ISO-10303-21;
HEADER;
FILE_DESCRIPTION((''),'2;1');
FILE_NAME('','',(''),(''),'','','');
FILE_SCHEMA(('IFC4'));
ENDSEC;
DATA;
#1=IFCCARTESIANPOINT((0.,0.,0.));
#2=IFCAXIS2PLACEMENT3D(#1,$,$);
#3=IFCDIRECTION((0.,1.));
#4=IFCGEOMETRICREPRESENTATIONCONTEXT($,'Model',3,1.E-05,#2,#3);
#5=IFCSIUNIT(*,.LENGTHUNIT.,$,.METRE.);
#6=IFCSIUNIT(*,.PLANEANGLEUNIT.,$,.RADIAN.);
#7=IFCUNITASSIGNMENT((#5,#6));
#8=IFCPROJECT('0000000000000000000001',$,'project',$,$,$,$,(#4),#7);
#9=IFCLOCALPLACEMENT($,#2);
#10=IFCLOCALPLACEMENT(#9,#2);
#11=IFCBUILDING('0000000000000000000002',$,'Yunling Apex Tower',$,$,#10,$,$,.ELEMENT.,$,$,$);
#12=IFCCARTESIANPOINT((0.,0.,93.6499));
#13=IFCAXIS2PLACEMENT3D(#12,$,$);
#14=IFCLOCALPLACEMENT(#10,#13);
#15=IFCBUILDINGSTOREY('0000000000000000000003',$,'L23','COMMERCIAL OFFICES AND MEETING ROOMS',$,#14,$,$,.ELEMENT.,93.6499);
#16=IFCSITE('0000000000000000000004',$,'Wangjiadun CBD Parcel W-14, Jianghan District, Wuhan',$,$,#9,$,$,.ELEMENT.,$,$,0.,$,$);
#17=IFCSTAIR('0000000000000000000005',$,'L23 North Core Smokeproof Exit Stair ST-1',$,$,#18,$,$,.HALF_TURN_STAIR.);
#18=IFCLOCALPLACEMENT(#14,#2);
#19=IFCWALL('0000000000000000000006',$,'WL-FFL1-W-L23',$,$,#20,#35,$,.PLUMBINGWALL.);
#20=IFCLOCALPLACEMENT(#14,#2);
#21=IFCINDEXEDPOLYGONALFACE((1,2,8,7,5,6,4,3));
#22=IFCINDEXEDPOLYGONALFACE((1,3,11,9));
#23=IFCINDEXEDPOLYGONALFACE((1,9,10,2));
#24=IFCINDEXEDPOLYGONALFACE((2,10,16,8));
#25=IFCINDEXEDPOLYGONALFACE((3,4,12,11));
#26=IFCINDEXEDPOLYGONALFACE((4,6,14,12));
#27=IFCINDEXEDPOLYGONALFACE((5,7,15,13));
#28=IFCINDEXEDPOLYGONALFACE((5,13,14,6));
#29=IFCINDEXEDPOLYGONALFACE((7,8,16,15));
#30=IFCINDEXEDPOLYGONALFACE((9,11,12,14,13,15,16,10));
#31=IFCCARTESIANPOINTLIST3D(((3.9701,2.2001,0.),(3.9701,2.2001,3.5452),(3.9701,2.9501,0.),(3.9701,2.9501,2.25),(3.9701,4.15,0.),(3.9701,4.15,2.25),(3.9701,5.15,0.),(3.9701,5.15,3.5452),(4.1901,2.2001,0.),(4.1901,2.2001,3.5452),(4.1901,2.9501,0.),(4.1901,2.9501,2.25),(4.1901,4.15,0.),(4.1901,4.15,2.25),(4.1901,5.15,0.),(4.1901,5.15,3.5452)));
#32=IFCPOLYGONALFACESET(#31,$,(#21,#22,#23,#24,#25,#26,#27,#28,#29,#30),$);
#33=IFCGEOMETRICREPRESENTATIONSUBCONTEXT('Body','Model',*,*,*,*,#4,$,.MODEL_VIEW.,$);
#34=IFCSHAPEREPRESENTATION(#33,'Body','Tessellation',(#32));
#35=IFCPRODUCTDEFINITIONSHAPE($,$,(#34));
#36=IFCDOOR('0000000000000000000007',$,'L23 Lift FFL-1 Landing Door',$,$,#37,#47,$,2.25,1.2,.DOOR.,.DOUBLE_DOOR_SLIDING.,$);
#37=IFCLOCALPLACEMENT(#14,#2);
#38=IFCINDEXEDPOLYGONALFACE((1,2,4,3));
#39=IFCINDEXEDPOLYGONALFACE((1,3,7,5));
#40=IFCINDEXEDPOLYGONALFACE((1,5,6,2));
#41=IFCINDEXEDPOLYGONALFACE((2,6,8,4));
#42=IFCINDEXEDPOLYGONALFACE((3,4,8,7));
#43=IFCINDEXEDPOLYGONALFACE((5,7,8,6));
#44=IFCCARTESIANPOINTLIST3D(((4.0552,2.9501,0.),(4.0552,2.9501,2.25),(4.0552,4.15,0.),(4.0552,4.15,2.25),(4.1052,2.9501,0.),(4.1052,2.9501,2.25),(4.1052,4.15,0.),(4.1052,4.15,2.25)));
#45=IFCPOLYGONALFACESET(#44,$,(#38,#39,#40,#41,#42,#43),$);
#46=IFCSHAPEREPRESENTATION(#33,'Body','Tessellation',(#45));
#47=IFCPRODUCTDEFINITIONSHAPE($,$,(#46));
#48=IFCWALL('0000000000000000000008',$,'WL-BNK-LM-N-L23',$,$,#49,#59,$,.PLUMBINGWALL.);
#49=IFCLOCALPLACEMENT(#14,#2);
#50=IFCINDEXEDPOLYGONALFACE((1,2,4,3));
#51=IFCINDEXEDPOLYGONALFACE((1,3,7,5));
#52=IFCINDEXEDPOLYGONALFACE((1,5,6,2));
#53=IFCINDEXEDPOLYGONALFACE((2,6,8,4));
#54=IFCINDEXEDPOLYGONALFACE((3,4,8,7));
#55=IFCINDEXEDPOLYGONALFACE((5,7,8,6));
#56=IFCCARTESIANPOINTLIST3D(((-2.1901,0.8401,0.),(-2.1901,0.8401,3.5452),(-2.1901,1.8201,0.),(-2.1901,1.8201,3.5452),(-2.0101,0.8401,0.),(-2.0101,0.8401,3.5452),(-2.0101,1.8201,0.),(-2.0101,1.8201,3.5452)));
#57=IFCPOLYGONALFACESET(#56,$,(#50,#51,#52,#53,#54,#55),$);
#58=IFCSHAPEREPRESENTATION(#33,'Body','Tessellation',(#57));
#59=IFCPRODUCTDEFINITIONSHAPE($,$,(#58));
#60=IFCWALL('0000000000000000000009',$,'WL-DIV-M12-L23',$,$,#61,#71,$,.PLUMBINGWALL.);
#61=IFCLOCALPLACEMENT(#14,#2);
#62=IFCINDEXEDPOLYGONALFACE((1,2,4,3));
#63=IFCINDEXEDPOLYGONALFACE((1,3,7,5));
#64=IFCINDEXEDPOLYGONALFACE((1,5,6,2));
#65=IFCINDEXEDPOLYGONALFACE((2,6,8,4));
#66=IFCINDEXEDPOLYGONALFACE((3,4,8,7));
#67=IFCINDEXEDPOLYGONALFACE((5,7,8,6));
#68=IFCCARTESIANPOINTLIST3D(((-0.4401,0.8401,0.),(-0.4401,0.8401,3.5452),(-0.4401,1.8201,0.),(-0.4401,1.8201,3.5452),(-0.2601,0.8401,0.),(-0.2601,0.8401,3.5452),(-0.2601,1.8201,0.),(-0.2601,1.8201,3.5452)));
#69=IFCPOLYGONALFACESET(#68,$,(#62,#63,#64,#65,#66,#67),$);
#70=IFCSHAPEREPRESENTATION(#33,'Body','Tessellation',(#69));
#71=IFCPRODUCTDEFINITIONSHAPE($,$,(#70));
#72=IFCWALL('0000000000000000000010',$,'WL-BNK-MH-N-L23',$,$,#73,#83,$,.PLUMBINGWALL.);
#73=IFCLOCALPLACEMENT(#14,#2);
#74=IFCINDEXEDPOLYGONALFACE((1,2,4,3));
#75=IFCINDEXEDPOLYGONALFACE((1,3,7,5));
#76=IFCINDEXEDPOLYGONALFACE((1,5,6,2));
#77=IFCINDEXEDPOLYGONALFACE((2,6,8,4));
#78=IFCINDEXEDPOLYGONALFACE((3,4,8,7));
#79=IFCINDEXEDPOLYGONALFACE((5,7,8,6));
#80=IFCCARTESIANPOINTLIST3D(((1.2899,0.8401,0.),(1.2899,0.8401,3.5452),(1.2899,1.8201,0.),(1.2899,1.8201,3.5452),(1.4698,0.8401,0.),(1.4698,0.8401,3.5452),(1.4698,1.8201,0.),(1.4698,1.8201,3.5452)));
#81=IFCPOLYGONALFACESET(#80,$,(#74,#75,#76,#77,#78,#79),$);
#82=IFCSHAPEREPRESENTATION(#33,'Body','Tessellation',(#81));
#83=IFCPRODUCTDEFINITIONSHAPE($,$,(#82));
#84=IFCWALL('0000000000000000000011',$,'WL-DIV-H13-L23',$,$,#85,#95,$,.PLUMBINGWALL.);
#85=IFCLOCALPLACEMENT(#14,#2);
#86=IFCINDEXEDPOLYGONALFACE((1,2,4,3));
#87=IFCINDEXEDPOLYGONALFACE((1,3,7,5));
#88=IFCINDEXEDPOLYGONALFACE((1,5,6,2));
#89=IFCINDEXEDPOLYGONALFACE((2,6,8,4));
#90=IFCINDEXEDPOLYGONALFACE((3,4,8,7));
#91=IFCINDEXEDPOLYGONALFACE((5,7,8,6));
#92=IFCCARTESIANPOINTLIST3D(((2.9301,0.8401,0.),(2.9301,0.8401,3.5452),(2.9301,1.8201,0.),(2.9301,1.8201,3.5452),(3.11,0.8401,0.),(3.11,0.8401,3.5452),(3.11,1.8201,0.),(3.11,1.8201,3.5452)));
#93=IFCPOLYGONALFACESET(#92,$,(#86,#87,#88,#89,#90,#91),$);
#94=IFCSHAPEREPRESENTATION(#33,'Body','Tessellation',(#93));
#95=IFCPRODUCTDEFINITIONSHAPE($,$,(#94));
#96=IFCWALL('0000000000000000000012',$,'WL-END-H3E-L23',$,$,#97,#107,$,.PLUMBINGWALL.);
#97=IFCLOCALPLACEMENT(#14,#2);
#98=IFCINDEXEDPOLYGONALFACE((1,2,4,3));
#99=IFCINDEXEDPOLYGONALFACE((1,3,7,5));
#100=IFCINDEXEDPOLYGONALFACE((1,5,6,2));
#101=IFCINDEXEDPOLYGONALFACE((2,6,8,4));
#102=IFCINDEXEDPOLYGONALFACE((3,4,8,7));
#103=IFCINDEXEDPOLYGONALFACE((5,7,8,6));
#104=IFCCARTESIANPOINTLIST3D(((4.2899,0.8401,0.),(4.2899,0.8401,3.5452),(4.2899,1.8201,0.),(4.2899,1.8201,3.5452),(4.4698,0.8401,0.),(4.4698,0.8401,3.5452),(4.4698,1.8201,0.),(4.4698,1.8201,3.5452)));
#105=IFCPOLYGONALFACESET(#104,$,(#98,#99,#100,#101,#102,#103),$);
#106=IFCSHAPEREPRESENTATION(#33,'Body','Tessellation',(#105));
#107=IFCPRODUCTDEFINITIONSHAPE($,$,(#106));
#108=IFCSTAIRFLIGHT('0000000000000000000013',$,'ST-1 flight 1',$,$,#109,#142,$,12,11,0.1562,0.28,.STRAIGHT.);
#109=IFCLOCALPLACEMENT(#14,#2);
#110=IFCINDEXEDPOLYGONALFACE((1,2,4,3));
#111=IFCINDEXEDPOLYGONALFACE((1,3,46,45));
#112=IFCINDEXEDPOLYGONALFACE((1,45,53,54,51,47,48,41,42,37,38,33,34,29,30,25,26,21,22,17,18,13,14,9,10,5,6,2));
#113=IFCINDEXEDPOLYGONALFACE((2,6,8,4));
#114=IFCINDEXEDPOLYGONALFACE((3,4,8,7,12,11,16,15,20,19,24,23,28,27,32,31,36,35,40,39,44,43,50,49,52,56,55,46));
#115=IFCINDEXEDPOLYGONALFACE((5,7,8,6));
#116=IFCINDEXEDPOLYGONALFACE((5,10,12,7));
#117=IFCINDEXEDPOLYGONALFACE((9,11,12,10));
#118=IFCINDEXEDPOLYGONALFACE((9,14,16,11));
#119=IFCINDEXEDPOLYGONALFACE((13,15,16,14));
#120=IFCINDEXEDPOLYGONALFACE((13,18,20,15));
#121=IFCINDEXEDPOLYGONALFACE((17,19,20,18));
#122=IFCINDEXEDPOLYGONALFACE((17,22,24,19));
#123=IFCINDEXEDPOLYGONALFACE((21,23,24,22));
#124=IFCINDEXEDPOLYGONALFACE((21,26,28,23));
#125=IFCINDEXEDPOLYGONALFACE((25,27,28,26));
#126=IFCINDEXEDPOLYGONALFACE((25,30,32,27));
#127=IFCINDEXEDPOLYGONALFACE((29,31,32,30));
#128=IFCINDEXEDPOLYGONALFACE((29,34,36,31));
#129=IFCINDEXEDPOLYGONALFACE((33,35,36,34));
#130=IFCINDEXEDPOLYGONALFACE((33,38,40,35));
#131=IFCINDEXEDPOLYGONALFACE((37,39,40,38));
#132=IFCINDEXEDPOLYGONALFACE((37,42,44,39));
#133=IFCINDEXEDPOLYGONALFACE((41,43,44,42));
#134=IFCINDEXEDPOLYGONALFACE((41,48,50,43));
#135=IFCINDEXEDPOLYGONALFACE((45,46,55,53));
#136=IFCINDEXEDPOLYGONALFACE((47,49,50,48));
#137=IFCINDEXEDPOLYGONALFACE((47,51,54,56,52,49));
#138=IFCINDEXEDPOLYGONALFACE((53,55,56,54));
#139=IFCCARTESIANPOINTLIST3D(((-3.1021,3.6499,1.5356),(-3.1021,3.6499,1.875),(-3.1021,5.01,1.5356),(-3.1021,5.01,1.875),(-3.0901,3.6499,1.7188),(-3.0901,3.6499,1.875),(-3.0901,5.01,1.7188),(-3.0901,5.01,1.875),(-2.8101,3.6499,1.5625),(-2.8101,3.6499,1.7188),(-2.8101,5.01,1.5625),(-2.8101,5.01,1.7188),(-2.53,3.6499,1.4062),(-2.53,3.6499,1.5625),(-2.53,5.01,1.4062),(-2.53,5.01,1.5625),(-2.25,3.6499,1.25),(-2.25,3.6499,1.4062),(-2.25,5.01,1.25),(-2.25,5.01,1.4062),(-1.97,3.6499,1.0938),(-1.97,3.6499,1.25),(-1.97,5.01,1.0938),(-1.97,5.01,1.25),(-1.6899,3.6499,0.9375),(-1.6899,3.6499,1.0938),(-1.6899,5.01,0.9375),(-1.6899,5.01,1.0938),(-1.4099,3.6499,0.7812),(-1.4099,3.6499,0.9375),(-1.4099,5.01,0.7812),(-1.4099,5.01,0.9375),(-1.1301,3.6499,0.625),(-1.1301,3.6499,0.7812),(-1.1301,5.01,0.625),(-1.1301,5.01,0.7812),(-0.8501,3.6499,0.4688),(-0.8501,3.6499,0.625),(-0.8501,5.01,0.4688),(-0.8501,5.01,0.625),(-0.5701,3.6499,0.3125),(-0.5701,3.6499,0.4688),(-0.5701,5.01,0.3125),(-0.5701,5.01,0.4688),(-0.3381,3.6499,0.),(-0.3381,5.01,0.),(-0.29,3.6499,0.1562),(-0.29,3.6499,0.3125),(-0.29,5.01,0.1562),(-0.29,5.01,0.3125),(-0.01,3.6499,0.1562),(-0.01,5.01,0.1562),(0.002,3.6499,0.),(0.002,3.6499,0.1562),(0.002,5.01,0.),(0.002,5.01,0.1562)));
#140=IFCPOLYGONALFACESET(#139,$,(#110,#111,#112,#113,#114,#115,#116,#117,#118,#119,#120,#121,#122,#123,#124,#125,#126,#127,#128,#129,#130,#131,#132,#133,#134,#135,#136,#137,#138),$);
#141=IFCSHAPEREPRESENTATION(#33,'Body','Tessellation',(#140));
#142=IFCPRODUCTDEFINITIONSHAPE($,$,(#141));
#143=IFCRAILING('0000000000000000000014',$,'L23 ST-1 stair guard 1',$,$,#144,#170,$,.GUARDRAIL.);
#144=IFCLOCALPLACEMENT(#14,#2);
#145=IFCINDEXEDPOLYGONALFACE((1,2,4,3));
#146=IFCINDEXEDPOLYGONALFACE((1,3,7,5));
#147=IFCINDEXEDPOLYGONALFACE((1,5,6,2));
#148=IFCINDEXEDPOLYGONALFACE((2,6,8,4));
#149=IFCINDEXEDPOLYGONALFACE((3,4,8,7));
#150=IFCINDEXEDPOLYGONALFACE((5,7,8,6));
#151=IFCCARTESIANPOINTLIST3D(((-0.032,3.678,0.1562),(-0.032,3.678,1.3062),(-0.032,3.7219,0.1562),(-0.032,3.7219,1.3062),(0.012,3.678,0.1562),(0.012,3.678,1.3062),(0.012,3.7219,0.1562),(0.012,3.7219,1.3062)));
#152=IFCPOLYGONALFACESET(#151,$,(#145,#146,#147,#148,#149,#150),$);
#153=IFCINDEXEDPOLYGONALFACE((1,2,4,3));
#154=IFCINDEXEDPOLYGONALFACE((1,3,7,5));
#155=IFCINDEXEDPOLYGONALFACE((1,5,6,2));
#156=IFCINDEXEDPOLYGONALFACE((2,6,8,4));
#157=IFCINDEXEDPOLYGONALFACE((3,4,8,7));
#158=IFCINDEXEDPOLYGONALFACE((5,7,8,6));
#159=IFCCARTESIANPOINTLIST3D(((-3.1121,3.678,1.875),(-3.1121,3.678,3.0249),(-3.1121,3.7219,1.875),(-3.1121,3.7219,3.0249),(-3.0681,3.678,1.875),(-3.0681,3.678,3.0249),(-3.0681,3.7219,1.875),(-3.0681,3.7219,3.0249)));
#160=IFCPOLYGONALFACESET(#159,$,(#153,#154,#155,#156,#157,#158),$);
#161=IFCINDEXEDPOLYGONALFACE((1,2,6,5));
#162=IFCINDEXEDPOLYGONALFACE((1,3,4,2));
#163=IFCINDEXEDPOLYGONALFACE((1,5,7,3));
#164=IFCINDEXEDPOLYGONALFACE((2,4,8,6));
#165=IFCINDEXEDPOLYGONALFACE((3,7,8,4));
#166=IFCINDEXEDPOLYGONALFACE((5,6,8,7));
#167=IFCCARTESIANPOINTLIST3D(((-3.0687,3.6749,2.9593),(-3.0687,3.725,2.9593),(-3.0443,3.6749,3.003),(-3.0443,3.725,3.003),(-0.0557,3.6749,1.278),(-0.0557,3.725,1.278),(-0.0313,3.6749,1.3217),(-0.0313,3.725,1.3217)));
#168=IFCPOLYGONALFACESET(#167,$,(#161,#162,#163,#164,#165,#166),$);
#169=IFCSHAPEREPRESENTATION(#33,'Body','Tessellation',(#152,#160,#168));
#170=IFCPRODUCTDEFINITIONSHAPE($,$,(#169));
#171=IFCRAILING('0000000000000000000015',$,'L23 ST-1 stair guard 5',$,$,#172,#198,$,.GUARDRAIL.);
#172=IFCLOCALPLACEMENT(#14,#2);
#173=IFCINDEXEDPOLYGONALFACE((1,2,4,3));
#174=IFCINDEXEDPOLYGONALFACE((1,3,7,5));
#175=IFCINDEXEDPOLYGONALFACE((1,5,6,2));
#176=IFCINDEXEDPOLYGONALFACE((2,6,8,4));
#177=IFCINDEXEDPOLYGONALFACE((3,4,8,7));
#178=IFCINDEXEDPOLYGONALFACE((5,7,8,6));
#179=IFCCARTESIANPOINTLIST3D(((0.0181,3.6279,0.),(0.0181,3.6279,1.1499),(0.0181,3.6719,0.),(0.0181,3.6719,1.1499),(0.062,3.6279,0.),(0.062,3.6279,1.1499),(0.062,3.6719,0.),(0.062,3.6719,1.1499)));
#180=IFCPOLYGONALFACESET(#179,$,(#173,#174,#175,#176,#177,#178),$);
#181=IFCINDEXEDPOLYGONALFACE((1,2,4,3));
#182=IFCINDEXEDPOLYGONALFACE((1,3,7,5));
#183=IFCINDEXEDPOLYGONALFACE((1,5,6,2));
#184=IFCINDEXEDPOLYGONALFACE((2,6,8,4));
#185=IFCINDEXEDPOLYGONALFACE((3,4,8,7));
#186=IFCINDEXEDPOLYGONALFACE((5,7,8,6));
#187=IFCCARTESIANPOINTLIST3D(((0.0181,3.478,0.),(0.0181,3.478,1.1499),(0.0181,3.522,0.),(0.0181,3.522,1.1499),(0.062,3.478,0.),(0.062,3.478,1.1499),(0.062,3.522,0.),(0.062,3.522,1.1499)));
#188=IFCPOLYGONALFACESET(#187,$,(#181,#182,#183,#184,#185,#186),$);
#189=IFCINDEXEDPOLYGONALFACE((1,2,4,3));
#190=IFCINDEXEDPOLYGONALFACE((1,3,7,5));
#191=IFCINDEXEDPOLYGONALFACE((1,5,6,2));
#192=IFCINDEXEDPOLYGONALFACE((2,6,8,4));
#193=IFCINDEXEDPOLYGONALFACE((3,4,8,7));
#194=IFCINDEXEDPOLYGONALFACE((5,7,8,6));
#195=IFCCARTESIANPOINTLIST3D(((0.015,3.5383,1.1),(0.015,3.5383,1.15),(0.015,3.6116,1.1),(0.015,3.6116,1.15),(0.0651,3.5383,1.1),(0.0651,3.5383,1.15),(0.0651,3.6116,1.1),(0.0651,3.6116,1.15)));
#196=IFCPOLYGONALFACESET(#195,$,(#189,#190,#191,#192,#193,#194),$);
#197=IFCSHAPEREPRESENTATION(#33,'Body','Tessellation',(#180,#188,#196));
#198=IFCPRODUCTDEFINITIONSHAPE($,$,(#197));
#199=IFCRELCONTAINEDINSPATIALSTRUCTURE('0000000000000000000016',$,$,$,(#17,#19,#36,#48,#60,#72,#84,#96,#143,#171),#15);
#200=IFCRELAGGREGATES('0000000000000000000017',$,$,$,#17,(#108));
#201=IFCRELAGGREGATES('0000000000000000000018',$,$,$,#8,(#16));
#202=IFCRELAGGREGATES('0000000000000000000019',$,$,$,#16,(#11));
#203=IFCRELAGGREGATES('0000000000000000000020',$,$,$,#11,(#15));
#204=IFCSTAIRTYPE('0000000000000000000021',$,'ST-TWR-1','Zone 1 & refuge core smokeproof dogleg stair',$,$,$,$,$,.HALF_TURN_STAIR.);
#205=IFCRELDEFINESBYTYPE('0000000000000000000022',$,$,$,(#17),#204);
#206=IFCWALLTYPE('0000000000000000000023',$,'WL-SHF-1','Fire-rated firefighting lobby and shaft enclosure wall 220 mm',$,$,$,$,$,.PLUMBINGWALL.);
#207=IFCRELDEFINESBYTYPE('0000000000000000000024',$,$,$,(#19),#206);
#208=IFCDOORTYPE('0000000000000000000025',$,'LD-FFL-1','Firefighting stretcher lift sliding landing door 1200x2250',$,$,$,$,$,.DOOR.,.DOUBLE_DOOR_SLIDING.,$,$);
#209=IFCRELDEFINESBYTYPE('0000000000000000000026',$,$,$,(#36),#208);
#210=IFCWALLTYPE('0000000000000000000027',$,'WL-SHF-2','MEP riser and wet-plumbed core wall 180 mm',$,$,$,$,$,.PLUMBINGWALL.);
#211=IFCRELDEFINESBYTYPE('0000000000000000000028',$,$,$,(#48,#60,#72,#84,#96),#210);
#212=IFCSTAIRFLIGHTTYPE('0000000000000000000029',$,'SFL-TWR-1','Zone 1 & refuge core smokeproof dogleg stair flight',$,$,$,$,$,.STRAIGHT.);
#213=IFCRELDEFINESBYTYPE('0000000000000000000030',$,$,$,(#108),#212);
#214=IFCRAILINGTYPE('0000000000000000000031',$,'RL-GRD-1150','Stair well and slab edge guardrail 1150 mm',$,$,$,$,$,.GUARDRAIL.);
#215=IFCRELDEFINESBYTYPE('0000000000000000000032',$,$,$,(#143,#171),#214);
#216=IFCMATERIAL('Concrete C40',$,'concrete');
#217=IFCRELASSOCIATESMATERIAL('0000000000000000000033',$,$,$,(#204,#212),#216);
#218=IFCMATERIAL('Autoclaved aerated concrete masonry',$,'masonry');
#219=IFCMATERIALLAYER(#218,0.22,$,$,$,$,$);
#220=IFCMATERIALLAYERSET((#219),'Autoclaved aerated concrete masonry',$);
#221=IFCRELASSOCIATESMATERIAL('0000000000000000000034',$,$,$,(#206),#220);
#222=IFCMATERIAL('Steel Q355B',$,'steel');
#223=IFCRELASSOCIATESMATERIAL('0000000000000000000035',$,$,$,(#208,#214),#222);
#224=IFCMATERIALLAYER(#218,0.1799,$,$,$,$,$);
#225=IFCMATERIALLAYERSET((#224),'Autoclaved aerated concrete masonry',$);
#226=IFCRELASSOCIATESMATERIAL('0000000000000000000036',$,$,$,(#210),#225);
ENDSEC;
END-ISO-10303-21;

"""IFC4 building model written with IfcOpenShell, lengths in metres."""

from ifc_helpers import new_model, si_unit, direction, frame, frame_2d, origin, origin_2d, place, context, subcontext, project, spatial, polyline, rectangle, outline, extrude, material, layer, layer_set, type_object, element, fill, aggregate, save


model = new_model("IFC4")

# Units and contexts
model_context = context("Model", 3, precision=1e-05, world=origin(), true_north=direction((0.0, 1.0)))
body_context = subcontext(model_context, "Body", "Model", "MODEL_VIEW")
ifc_project = project(units=[si_unit("LENGTHUNIT", "METRE"), si_unit("PLANEANGLEUNIT", "RADIAN")], contexts=[model_context])

# Site, building, storey
site_placement = place(None, origin())
site = spatial("IfcSite", under=ifc_project, at=site_placement, Name="Wangjiadun CBD Parcel W-14, Jianghan District, Wuhan", CompositionType="ELEMENT", RefElevation=0.0)
building_placement = place(site_placement, origin())
building = spatial("IfcBuilding", under=site, at=building_placement, Name="Yunling Apex Tower", CompositionType="ELEMENT")
storey_placement = place(building_placement, frame((0.0, 0.0, 93.6499)))
storey = spatial("IfcBuildingStorey", under=building, at=storey_placement, Name="L23", Description="COMMERCIAL OFFICES AND MEETING ROOMS", CompositionType="ELEMENT", Elevation=93.6499)

# Shared definitions
ifc_material_1 = material(Name="Concrete C40", Category="concrete")

# Stair
stair_type = type_object("IfcStairType", Name="ST-TWR-1", Description="Zone 1 & refuge core smokeproof dogleg stair", PredefinedType="HALF_TURN_STAIR", material=ifc_material_1)
stair_1_placement = place(storey_placement, origin())
stair_1 = element("IfcStair", 1, at=stair_1_placement, inside=storey, type_object=stair_type, Name="L23 North Core Smokeproof Exit Stair ST-1", PredefinedType="HALF_TURN_STAIR")

# Wall, opening, door
ifc_material_2 = material(Name="Autoclaved aerated concrete masonry", Category="masonry")
ifc_layer_1 = layer(ifc_material_2, 0.22)
ifc_layer_set_1 = layer_set([ifc_layer_1], Name="Autoclaved aerated concrete masonry")
wall_type_1 = type_object("IfcWallType", Name="WL-SHF-1", Description="Fire-rated firefighting lobby and shaft enclosure wall 220 mm", PredefinedType="PLUMBINGWALL", material=ifc_layer_set_1)
ifc_material_3 = material(Name="Steel Q355B", Category="steel")
wall_1_placement = place(storey_placement, frame((4.0801, 2.2, 0.0), z_axis=(0.0, 0.0, 1.0), x_axis=(0.0, 1.0, 0.0)))
wall_1 = element("IfcWall", 2, at=wall_1_placement, inside=storey, type_object=wall_type_1, Name="WL-FFL1-W-L23", PredefinedType="PLUMBINGWALL", context=body_context, shape_type="SweptSolid", body=[
    extrude(rectangle(XDim=2.95, YDim=0.22, at=frame_2d((1.4751, 0.0))), origin(), (0.0, 0.0, 1.0), 3.5452),
])
opening_1_placement = place(wall_1_placement, frame((0.75, 0.0, 0.0)))
opening_1 = element("IfcOpeningElement", 3, at=opening_1_placement, cuts=wall_1, PredefinedType="OPENING", context=body_context, shape_type="SweptSolid", body=[
    extrude(rectangle(XDim=1.2, YDim=2.25, at=frame_2d((0.6001, 1.125))), frame((0.0, 0.1201, 0.0), z_axis=(0.0, -1.0, 0.0), x_axis=(1.0, 0.0, 0.0)), (0.0, 0.0, 1.0), 0.24),
])
door_type_1 = type_object("IfcDoorType", Name="LD-FFL-1", Description="Firefighting stretcher lift sliding landing door 1200x2250", OperationType="DOUBLE_DOOR_SLIDING", PredefinedType="DOOR", material=ifc_material_3)
door_1_placement = place(opening_1_placement, origin())
door_1 = element("IfcDoor", 4, at=door_1_placement, inside=storey, type_object=door_type_1, Name="L23 Lift FFL-1 Landing Door", OperationType="DOUBLE_DOOR_SLIDING", OverallHeight=2.25, OverallWidth=1.2, PredefinedType="DOOR", context=body_context, shape_type="SweptSolid", body=[
    extrude(rectangle(XDim=1.2, YDim=2.25, at=frame_2d((0.6001, 1.125))), frame((0.0, 0.0249, 0.0), z_axis=(0.0, -1.0, 0.0), x_axis=(1.0, 0.0, 0.0)), (0.0, 0.0, 1.0), 0.05),
])
fill(opening_1, door_1)

# Walls
ifc_layer_2 = layer(ifc_material_2, 0.1799)
ifc_layer_set_2 = layer_set([ifc_layer_2], Name="Autoclaved aerated concrete masonry")
wall_type_2 = type_object("IfcWallType", Name="WL-SHF-2", Description="MEP riser and wet-plumbed core wall 180 mm", PredefinedType="PLUMBINGWALL", material=ifc_layer_set_2)
for number, where, z_axis, x_axis, name in (
    (5, (-2.1001, 0.8401, 0.0), (0.0, 0.0, 1.0), (0.0, 1.0, 0.0), "WL-BNK-LM-N-L23"),
    (6, (-0.3501, 0.8401, 0.0), (0.0, 0.0, 1.0), (0.0, 1.0, 0.0), "WL-DIV-M12-L23"),
    (7, (1.3799, 0.8401, 0.0), (0.0, 0.0, 1.0), (0.0, 1.0, 0.0), "WL-BNK-MH-N-L23"),
    (8, (3.02, 0.8401, 0.0), (0.0, 0.0, 1.0), (0.0, 1.0, 0.0), "WL-DIV-H13-L23"),
    (9, (4.3799, 0.8401, 0.0), (0.0, 0.0, 1.0), (0.0, 1.0, 0.0), "WL-END-H3E-L23"),
):
    element("IfcWall", number, at=place(storey_placement, frame(where, z_axis=z_axis, x_axis=x_axis)), inside=storey, type_object=wall_type_2, Name=name, PredefinedType="PLUMBINGWALL", context=body_context, shape_type="SweptSolid", body=[
        extrude(rectangle(XDim=0.98, YDim=0.1799, at=frame_2d((0.49, 0.0))), origin(), (0.0, 0.0, 1.0), 3.5452),
    ])

# Stair flight
stair_flight_type = type_object("IfcStairFlightType", Name="SFL-TWR-1", Description="Zone 1 & refuge core smokeproof dogleg stair flight", PredefinedType="STRAIGHT", material=ifc_material_1)
stair_flight_placement = place(storey_placement, frame((-0.01, 4.3301, 0.0), z_axis=(0.0, 0.0, 1.0), x_axis=(-1.0, 0.0, 0.0)))
stair_flight = element("IfcStairFlight", 10, at=stair_flight_placement, type_object=stair_flight_type, Name="ST-1 flight 1", NumberOfRisers=12, NumberOfTreads=11, PredefinedType="STRAIGHT", RiserHeight=0.1562, TreadLength=0.28, context=body_context, shape_type="SweptSolid", body=[
    extrude(outline(polyline([(-0.012, 0.0), (-0.012, 0.1562), (0.0, 0.1562), (0.28, 0.1562), (0.28, 0.3125), (0.5601, 0.3125), (0.5601, 0.4688), (0.8401, 0.4688), (0.8401, 0.625), (1.1201, 0.625), (1.1201, 0.7812), (1.3999, 0.7812), (1.3999, 0.9375), (1.6799, 0.9375), (1.6799, 1.0938), (1.96, 1.0938), (1.96, 1.25), (2.24, 1.25), (2.24, 1.4062), (2.52, 1.4062), (2.52, 1.5625), (2.8, 1.5625), (2.8, 1.7188), (3.0801, 1.7188), (3.0801, 1.875), (3.092, 1.875), (3.092, 1.5356), (0.3281, 0.0), (-0.012, 0.0)])), frame((0.0, 0.6802, 0.0), z_axis=(0.0, -1.0, 0.0), x_axis=(1.0, 0.0, 0.0)), (0.0, 0.0, 1.0), 1.3601),
])
aggregate(stair_1, [stair_flight])

# Railings
railing_type_1 = type_object("IfcRailingType", Name="RL-GRD-1150", Description="Stair well and slab edge guardrail 1150 mm", PredefinedType="GUARDRAIL", material=ifc_material_3)
railing_1_placement = place(storey_placement, frame((-0.01, 3.7, 0.1562)))
element("IfcRailing", 11, at=railing_1_placement, inside=storey, type_object=railing_type_1, Name="L23 ST-1 stair guard 1", PredefinedType="GUARDRAIL", context=body_context, shape_type="SweptSolid", body=[
    extrude(rectangle(XDim=0.0439, YDim=0.0439, at=origin_2d()), origin(), (0.0, 0.0, 1.0), 1.1499),
    extrude(rectangle(XDim=0.0439, YDim=0.0439, at=origin_2d()), frame((-3.0801, 0.0, 1.7188)), (0.0, 0.0, 1.0), 1.1499),
    extrude(rectangle(XDim=0.05, YDim=0.05, at=origin_2d()), frame((-0.0334, 0.0, 1.1436), z_axis=(-0.873242, 0.0, 0.487288), x_axis=(0.0, -1.0, 0.0)), (0.0, 0.0, 1.0), 3.4504),
])
railing_2_placement = place(storey_placement, frame((0.04, 3.6499, 0.0)))
element("IfcRailing", 12, at=railing_2_placement, inside=storey, type_object=railing_type_1, Name="L23 ST-1 stair guard 5", PredefinedType="GUARDRAIL", context=body_context, shape_type="SweptSolid", body=[
    extrude(rectangle(XDim=0.0439, YDim=0.0439, at=origin_2d()), origin(), (0.0, 0.0, 1.0), 1.1499),
    extrude(rectangle(XDim=0.0439, YDim=0.0439, at=origin_2d()), frame((0.0, -0.1499, 0.0)), (0.0, 0.0, 1.0), 1.1499),
    extrude(rectangle(XDim=0.05, YDim=0.05, at=origin_2d()), frame((0.0, -0.0383, 1.125), z_axis=(0.0, -1.0, 0.0), x_axis=(1.0, 0.0, 0.0)), (0.0, 0.0, 1.0), 0.0732),
])

save(model, "model.ifc")
